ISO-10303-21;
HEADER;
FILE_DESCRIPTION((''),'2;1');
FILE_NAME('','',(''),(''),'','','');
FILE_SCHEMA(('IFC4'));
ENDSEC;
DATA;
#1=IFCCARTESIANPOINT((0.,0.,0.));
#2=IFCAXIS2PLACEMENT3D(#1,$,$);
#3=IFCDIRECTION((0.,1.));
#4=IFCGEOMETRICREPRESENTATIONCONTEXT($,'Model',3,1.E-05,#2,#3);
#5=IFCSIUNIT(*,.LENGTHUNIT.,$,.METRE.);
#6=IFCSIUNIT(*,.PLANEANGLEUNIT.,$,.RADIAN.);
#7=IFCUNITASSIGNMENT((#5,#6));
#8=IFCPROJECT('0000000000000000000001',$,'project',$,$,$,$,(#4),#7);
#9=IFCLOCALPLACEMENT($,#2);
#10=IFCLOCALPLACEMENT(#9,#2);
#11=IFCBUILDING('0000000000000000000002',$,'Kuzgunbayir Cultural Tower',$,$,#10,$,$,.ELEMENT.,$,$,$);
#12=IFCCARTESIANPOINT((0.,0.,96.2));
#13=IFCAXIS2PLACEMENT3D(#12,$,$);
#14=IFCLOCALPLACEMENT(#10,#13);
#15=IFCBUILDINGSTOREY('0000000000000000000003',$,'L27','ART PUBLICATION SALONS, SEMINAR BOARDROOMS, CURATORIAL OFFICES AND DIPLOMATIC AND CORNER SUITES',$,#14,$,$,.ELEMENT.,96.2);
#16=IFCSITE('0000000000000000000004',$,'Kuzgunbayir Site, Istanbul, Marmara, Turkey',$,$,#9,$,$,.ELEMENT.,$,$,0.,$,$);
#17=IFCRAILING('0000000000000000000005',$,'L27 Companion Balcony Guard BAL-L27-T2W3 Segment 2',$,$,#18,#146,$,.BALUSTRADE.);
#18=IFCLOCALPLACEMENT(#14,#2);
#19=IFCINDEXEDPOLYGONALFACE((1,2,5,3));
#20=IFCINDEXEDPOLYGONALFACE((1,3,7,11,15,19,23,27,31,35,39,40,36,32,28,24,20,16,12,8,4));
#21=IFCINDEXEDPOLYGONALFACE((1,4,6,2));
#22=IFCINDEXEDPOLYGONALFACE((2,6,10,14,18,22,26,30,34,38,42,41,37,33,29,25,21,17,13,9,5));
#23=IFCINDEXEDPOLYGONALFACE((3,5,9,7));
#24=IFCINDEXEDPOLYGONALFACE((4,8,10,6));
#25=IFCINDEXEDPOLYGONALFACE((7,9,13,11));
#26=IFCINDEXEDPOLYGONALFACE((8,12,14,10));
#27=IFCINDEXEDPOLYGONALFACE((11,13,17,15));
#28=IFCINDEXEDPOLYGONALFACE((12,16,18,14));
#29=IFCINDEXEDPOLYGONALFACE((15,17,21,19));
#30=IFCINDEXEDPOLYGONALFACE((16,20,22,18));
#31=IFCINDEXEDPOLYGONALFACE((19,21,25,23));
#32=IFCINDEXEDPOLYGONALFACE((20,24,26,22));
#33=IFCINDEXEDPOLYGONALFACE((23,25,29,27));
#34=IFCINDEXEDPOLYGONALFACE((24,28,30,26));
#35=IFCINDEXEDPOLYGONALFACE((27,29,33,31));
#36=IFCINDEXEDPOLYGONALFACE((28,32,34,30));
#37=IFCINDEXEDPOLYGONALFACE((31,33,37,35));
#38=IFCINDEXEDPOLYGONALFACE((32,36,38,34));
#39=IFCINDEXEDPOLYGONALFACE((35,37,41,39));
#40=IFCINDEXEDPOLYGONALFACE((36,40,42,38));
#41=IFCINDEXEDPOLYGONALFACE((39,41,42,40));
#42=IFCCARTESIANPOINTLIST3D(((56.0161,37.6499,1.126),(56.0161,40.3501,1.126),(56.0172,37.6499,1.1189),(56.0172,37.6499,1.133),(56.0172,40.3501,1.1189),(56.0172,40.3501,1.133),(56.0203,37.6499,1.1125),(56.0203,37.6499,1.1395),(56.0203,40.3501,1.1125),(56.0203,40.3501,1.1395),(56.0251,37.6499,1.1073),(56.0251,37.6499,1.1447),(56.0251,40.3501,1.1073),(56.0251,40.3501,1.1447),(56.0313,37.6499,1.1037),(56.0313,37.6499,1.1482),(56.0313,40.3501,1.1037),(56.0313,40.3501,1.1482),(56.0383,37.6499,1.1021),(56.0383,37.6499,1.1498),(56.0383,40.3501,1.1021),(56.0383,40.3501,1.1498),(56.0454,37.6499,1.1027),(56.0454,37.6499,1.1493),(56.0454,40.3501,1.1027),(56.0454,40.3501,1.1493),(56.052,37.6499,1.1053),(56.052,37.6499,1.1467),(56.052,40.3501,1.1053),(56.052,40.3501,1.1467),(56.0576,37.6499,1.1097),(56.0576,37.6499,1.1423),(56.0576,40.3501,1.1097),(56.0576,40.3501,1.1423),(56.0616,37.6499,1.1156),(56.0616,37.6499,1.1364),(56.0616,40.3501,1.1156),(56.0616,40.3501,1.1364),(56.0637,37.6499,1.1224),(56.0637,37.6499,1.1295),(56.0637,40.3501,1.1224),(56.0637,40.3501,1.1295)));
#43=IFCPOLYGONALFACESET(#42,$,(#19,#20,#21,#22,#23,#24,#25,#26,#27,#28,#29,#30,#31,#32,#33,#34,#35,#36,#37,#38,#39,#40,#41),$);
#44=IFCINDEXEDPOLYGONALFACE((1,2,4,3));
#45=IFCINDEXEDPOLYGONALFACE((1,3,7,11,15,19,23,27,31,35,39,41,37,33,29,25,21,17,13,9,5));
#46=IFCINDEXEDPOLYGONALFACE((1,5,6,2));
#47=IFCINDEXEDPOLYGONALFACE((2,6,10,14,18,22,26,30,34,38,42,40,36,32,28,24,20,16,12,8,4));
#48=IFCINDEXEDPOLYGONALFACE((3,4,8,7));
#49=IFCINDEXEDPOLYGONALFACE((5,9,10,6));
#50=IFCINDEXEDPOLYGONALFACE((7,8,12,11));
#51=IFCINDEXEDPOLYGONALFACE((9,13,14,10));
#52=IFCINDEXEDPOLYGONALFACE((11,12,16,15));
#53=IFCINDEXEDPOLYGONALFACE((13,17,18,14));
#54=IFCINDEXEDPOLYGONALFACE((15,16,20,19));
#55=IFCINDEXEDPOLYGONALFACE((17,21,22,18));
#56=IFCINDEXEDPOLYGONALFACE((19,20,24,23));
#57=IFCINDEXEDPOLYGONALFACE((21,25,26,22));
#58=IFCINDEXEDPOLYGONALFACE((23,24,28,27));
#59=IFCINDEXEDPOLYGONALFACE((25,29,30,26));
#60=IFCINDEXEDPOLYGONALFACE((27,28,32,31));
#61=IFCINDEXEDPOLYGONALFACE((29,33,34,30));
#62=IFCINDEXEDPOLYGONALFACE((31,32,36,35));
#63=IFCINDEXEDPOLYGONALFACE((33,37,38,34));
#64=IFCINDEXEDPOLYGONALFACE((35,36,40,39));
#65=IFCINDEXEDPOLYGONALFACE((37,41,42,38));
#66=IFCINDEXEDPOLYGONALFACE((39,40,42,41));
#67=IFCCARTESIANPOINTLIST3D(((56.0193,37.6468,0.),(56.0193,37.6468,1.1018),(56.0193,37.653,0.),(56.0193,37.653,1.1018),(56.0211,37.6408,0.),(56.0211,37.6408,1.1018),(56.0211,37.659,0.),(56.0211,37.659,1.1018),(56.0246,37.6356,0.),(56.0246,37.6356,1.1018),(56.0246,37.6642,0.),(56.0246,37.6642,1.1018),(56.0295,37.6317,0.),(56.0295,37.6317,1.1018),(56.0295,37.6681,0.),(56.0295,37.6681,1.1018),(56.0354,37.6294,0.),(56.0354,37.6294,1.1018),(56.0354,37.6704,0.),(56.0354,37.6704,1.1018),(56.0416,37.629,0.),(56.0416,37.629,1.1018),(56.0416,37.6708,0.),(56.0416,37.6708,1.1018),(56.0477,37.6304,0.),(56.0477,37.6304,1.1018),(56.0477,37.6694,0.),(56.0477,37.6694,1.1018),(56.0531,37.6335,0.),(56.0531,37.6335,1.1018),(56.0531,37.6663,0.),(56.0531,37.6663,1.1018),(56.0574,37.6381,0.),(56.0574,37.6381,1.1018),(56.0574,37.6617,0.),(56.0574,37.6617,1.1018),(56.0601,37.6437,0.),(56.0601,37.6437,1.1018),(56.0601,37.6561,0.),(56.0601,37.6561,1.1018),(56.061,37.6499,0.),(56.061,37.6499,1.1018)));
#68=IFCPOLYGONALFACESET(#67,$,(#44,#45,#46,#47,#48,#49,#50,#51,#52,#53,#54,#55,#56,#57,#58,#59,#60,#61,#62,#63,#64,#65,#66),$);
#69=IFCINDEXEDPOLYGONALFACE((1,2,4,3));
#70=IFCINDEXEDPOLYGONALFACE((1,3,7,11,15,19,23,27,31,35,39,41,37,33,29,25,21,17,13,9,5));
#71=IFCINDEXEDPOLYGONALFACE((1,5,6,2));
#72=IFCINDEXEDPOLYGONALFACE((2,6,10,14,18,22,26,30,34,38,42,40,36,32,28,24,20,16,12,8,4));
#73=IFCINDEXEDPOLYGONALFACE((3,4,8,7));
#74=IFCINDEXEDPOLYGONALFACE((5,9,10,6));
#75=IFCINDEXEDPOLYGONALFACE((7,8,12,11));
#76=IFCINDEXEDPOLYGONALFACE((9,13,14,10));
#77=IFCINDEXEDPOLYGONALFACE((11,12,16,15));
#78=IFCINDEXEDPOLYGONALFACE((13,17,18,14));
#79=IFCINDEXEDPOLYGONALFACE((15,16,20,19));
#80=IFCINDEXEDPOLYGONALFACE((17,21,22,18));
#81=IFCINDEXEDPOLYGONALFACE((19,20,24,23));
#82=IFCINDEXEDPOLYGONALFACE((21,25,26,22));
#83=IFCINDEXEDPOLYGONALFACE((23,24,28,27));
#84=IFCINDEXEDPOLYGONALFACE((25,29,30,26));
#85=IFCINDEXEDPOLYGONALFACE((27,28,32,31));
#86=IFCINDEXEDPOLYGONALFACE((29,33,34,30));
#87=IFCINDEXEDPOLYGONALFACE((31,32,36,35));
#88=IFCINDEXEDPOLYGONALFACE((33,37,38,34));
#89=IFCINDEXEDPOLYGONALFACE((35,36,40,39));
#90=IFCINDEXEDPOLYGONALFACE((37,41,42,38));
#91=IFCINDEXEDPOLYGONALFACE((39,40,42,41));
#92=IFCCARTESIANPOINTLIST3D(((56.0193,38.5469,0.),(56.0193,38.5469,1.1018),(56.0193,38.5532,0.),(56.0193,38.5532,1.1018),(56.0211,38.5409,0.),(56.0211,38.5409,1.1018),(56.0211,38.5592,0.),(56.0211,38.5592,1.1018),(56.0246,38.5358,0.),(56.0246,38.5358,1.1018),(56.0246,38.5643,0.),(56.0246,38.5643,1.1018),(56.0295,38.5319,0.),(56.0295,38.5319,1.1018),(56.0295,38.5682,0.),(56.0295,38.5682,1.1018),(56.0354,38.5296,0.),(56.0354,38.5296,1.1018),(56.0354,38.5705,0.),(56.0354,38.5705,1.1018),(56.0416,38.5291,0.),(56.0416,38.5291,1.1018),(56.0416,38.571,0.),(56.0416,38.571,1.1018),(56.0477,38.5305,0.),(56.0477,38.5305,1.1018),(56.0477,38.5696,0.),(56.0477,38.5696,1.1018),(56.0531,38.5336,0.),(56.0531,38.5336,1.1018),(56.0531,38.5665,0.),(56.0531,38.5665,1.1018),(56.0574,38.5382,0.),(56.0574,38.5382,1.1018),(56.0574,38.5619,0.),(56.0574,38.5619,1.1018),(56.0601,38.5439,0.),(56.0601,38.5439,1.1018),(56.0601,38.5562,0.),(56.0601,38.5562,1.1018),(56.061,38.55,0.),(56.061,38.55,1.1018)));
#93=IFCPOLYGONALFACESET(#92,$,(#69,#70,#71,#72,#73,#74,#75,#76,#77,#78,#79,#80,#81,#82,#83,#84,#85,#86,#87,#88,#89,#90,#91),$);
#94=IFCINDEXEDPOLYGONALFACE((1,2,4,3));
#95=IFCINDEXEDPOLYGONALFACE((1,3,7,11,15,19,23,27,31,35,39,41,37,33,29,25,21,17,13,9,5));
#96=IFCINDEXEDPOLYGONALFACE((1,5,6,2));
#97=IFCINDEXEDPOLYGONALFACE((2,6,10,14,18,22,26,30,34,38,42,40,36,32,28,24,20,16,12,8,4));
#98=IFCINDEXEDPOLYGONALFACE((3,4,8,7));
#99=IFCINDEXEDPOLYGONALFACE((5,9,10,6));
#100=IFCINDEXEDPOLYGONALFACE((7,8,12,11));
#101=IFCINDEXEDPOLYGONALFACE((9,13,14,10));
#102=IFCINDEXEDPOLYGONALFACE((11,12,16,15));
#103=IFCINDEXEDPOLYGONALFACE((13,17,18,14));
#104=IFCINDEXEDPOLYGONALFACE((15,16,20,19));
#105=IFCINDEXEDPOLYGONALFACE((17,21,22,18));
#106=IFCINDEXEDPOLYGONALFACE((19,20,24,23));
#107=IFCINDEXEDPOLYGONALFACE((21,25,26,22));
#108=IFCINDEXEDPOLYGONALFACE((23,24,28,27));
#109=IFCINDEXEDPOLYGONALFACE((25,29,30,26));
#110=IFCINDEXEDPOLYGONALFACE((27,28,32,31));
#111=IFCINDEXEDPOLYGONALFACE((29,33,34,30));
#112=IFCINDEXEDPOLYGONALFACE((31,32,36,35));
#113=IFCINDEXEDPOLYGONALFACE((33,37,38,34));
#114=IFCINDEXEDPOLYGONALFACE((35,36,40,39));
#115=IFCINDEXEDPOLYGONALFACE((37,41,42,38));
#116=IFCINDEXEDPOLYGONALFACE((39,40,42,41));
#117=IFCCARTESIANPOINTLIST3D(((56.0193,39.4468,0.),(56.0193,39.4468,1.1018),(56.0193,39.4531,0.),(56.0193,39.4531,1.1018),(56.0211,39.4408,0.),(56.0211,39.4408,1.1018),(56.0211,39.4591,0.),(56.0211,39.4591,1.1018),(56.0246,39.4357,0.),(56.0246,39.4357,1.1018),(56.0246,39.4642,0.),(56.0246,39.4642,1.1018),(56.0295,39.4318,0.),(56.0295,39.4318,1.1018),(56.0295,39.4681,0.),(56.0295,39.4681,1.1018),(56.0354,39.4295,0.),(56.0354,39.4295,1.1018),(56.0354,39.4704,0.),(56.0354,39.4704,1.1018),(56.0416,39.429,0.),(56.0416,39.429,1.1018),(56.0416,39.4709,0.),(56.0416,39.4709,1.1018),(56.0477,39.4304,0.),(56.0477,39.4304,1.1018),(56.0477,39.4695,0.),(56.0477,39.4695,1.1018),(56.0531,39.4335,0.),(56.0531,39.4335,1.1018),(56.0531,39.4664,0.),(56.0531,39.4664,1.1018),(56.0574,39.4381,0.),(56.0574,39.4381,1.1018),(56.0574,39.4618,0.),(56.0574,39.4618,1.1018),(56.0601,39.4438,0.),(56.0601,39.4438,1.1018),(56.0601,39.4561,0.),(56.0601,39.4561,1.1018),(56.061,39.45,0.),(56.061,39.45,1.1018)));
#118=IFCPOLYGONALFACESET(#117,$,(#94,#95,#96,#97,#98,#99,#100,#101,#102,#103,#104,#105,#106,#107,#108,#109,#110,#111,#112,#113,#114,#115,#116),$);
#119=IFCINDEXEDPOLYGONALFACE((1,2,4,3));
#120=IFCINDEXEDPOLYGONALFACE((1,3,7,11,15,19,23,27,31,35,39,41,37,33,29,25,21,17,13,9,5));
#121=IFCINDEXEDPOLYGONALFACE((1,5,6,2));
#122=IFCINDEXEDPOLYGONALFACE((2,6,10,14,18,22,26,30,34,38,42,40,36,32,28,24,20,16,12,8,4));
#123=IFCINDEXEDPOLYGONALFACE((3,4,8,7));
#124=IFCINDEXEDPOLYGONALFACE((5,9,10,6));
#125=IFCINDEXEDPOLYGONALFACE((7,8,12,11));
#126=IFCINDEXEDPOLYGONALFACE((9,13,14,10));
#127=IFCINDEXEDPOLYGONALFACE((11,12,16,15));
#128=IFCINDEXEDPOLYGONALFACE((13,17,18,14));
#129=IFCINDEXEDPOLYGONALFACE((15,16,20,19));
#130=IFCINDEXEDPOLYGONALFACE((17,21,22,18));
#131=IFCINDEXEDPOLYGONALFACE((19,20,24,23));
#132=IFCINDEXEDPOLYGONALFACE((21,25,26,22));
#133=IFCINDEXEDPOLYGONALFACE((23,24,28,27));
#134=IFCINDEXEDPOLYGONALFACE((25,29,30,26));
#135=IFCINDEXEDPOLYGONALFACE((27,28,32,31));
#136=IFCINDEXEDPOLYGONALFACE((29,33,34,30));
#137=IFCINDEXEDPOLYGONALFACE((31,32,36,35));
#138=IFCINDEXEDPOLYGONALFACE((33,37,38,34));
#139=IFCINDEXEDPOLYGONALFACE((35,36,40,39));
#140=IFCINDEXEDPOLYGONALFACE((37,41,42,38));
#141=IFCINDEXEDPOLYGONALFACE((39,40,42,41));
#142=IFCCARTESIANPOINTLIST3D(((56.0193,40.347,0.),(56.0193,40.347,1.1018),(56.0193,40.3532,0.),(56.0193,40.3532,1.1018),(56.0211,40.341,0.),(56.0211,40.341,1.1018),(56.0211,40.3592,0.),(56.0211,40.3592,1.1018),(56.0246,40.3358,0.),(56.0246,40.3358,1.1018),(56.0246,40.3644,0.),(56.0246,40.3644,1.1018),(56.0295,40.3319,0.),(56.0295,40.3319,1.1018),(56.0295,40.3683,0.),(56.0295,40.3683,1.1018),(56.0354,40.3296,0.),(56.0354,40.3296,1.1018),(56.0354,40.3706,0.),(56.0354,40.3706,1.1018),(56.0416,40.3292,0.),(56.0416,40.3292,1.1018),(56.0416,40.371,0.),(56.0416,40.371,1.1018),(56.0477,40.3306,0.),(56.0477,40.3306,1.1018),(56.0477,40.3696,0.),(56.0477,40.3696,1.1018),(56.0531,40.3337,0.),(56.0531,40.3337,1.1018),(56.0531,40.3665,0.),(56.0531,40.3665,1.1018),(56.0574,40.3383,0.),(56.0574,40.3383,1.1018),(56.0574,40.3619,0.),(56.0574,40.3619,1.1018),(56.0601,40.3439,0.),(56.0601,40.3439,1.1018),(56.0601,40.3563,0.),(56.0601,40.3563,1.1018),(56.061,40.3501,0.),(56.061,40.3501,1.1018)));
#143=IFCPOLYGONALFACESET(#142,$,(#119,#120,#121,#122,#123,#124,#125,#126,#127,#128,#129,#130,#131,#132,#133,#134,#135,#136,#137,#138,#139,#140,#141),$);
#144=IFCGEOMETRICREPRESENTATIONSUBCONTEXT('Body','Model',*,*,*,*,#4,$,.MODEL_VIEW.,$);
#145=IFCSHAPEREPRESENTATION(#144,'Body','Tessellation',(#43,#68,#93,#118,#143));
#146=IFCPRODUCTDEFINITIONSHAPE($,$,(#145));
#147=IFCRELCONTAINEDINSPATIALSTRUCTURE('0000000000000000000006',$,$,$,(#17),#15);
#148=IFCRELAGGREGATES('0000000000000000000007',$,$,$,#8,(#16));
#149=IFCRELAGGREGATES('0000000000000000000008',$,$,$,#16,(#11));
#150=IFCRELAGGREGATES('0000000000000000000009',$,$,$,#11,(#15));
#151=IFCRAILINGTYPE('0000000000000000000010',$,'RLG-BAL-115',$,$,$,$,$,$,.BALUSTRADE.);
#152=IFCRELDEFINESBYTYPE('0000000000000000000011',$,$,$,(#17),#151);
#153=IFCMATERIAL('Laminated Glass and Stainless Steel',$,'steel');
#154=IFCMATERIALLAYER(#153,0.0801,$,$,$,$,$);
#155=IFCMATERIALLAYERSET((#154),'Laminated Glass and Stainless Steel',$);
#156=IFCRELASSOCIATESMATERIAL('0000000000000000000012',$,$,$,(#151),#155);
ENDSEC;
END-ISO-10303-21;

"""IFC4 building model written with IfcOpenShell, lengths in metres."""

from ifc_helpers import new_model, si_unit, direction, frame, origin, origin_2d, place, context, subcontext, project, spatial, circle, extrude, material, layer, layer_set, type_object, element, save


model = new_model("IFC4")

# Units and contexts
model_context = context("Model", 3, precision=1e-05, world=origin(), true_north=direction((0.0, 1.0)))
body_context = subcontext(model_context, "Body", "Model", "MODEL_VIEW")
ifc_project = project(units=[si_unit("LENGTHUNIT", "METRE"), si_unit("PLANEANGLEUNIT", "RADIAN")], contexts=[model_context])

# Site, building, storey
site_placement = place(None, origin())
site = spatial("IfcSite", under=ifc_project, at=site_placement, Name="Kuzgunbayir Site, Istanbul, Marmara, Turkey", CompositionType="ELEMENT", RefElevation=0.0)
building_placement = place(site_placement, origin())
building = spatial("IfcBuilding", under=site, at=building_placement, Name="Kuzgunbayir Cultural Tower", CompositionType="ELEMENT")
storey_placement = place(building_placement, frame((0.0, 0.0, 96.2)))
storey = spatial("IfcBuildingStorey", under=building, at=storey_placement, Name="L27", Description="ART PUBLICATION SALONS, SEMINAR BOARDROOMS, CURATORIAL OFFICES AND DIPLOMATIC AND CORNER SUITES", CompositionType="ELEMENT", Elevation=96.2)

# Railing
ifc_material_1 = material(Name="Laminated Glass and Stainless Steel", Category="steel")
ifc_layer_1 = layer(ifc_material_1, 0.0801)
ifc_layer_set_1 = layer_set([ifc_layer_1], Name="Laminated Glass and Stainless Steel")
railing_type = type_object("IfcRailingType", Name="RLG-BAL-115", PredefinedType="BALUSTRADE", material=ifc_layer_set_1)
railing_1_placement = place(storey_placement, frame((56.04, 37.6499, 0.0)))
element("IfcRailing", 1, at=railing_1_placement, inside=storey, type_object=railing_type, Name="L27 Companion Balcony Guard BAL-L27-T2W3 Segment 2", PredefinedType="BALUSTRADE", context=body_context, shape_type="SweptSolid", body=[
    extrude(circle(Radius=0.0239, at=origin_2d()), frame((0.0, 0.0, 1.126), z_axis=(0.0, 1.0, 0.0), x_axis=(-1.0, 0.0, 0.0)), (0.0, 0.0, 1.0), 2.7002),
    extrude(circle(Radius=0.021, at=origin_2d()), origin(), (0.0, 0.0, 1.0), 1.1018),
    extrude(circle(Radius=0.021, at=origin_2d()), frame((0.0, 0.9001, 0.0)), (0.0, 0.0, 1.0), 1.1018),
    extrude(circle(Radius=0.021, at=origin_2d()), frame((0.0, 1.8, 0.0)), (0.0, 0.0, 1.0), 1.1018),
    extrude(circle(Radius=0.021, at=origin_2d()), frame((0.0, 2.7002, 0.0)), (0.0, 0.0, 1.0), 1.1018),
])

save(model, "model.ifc")
